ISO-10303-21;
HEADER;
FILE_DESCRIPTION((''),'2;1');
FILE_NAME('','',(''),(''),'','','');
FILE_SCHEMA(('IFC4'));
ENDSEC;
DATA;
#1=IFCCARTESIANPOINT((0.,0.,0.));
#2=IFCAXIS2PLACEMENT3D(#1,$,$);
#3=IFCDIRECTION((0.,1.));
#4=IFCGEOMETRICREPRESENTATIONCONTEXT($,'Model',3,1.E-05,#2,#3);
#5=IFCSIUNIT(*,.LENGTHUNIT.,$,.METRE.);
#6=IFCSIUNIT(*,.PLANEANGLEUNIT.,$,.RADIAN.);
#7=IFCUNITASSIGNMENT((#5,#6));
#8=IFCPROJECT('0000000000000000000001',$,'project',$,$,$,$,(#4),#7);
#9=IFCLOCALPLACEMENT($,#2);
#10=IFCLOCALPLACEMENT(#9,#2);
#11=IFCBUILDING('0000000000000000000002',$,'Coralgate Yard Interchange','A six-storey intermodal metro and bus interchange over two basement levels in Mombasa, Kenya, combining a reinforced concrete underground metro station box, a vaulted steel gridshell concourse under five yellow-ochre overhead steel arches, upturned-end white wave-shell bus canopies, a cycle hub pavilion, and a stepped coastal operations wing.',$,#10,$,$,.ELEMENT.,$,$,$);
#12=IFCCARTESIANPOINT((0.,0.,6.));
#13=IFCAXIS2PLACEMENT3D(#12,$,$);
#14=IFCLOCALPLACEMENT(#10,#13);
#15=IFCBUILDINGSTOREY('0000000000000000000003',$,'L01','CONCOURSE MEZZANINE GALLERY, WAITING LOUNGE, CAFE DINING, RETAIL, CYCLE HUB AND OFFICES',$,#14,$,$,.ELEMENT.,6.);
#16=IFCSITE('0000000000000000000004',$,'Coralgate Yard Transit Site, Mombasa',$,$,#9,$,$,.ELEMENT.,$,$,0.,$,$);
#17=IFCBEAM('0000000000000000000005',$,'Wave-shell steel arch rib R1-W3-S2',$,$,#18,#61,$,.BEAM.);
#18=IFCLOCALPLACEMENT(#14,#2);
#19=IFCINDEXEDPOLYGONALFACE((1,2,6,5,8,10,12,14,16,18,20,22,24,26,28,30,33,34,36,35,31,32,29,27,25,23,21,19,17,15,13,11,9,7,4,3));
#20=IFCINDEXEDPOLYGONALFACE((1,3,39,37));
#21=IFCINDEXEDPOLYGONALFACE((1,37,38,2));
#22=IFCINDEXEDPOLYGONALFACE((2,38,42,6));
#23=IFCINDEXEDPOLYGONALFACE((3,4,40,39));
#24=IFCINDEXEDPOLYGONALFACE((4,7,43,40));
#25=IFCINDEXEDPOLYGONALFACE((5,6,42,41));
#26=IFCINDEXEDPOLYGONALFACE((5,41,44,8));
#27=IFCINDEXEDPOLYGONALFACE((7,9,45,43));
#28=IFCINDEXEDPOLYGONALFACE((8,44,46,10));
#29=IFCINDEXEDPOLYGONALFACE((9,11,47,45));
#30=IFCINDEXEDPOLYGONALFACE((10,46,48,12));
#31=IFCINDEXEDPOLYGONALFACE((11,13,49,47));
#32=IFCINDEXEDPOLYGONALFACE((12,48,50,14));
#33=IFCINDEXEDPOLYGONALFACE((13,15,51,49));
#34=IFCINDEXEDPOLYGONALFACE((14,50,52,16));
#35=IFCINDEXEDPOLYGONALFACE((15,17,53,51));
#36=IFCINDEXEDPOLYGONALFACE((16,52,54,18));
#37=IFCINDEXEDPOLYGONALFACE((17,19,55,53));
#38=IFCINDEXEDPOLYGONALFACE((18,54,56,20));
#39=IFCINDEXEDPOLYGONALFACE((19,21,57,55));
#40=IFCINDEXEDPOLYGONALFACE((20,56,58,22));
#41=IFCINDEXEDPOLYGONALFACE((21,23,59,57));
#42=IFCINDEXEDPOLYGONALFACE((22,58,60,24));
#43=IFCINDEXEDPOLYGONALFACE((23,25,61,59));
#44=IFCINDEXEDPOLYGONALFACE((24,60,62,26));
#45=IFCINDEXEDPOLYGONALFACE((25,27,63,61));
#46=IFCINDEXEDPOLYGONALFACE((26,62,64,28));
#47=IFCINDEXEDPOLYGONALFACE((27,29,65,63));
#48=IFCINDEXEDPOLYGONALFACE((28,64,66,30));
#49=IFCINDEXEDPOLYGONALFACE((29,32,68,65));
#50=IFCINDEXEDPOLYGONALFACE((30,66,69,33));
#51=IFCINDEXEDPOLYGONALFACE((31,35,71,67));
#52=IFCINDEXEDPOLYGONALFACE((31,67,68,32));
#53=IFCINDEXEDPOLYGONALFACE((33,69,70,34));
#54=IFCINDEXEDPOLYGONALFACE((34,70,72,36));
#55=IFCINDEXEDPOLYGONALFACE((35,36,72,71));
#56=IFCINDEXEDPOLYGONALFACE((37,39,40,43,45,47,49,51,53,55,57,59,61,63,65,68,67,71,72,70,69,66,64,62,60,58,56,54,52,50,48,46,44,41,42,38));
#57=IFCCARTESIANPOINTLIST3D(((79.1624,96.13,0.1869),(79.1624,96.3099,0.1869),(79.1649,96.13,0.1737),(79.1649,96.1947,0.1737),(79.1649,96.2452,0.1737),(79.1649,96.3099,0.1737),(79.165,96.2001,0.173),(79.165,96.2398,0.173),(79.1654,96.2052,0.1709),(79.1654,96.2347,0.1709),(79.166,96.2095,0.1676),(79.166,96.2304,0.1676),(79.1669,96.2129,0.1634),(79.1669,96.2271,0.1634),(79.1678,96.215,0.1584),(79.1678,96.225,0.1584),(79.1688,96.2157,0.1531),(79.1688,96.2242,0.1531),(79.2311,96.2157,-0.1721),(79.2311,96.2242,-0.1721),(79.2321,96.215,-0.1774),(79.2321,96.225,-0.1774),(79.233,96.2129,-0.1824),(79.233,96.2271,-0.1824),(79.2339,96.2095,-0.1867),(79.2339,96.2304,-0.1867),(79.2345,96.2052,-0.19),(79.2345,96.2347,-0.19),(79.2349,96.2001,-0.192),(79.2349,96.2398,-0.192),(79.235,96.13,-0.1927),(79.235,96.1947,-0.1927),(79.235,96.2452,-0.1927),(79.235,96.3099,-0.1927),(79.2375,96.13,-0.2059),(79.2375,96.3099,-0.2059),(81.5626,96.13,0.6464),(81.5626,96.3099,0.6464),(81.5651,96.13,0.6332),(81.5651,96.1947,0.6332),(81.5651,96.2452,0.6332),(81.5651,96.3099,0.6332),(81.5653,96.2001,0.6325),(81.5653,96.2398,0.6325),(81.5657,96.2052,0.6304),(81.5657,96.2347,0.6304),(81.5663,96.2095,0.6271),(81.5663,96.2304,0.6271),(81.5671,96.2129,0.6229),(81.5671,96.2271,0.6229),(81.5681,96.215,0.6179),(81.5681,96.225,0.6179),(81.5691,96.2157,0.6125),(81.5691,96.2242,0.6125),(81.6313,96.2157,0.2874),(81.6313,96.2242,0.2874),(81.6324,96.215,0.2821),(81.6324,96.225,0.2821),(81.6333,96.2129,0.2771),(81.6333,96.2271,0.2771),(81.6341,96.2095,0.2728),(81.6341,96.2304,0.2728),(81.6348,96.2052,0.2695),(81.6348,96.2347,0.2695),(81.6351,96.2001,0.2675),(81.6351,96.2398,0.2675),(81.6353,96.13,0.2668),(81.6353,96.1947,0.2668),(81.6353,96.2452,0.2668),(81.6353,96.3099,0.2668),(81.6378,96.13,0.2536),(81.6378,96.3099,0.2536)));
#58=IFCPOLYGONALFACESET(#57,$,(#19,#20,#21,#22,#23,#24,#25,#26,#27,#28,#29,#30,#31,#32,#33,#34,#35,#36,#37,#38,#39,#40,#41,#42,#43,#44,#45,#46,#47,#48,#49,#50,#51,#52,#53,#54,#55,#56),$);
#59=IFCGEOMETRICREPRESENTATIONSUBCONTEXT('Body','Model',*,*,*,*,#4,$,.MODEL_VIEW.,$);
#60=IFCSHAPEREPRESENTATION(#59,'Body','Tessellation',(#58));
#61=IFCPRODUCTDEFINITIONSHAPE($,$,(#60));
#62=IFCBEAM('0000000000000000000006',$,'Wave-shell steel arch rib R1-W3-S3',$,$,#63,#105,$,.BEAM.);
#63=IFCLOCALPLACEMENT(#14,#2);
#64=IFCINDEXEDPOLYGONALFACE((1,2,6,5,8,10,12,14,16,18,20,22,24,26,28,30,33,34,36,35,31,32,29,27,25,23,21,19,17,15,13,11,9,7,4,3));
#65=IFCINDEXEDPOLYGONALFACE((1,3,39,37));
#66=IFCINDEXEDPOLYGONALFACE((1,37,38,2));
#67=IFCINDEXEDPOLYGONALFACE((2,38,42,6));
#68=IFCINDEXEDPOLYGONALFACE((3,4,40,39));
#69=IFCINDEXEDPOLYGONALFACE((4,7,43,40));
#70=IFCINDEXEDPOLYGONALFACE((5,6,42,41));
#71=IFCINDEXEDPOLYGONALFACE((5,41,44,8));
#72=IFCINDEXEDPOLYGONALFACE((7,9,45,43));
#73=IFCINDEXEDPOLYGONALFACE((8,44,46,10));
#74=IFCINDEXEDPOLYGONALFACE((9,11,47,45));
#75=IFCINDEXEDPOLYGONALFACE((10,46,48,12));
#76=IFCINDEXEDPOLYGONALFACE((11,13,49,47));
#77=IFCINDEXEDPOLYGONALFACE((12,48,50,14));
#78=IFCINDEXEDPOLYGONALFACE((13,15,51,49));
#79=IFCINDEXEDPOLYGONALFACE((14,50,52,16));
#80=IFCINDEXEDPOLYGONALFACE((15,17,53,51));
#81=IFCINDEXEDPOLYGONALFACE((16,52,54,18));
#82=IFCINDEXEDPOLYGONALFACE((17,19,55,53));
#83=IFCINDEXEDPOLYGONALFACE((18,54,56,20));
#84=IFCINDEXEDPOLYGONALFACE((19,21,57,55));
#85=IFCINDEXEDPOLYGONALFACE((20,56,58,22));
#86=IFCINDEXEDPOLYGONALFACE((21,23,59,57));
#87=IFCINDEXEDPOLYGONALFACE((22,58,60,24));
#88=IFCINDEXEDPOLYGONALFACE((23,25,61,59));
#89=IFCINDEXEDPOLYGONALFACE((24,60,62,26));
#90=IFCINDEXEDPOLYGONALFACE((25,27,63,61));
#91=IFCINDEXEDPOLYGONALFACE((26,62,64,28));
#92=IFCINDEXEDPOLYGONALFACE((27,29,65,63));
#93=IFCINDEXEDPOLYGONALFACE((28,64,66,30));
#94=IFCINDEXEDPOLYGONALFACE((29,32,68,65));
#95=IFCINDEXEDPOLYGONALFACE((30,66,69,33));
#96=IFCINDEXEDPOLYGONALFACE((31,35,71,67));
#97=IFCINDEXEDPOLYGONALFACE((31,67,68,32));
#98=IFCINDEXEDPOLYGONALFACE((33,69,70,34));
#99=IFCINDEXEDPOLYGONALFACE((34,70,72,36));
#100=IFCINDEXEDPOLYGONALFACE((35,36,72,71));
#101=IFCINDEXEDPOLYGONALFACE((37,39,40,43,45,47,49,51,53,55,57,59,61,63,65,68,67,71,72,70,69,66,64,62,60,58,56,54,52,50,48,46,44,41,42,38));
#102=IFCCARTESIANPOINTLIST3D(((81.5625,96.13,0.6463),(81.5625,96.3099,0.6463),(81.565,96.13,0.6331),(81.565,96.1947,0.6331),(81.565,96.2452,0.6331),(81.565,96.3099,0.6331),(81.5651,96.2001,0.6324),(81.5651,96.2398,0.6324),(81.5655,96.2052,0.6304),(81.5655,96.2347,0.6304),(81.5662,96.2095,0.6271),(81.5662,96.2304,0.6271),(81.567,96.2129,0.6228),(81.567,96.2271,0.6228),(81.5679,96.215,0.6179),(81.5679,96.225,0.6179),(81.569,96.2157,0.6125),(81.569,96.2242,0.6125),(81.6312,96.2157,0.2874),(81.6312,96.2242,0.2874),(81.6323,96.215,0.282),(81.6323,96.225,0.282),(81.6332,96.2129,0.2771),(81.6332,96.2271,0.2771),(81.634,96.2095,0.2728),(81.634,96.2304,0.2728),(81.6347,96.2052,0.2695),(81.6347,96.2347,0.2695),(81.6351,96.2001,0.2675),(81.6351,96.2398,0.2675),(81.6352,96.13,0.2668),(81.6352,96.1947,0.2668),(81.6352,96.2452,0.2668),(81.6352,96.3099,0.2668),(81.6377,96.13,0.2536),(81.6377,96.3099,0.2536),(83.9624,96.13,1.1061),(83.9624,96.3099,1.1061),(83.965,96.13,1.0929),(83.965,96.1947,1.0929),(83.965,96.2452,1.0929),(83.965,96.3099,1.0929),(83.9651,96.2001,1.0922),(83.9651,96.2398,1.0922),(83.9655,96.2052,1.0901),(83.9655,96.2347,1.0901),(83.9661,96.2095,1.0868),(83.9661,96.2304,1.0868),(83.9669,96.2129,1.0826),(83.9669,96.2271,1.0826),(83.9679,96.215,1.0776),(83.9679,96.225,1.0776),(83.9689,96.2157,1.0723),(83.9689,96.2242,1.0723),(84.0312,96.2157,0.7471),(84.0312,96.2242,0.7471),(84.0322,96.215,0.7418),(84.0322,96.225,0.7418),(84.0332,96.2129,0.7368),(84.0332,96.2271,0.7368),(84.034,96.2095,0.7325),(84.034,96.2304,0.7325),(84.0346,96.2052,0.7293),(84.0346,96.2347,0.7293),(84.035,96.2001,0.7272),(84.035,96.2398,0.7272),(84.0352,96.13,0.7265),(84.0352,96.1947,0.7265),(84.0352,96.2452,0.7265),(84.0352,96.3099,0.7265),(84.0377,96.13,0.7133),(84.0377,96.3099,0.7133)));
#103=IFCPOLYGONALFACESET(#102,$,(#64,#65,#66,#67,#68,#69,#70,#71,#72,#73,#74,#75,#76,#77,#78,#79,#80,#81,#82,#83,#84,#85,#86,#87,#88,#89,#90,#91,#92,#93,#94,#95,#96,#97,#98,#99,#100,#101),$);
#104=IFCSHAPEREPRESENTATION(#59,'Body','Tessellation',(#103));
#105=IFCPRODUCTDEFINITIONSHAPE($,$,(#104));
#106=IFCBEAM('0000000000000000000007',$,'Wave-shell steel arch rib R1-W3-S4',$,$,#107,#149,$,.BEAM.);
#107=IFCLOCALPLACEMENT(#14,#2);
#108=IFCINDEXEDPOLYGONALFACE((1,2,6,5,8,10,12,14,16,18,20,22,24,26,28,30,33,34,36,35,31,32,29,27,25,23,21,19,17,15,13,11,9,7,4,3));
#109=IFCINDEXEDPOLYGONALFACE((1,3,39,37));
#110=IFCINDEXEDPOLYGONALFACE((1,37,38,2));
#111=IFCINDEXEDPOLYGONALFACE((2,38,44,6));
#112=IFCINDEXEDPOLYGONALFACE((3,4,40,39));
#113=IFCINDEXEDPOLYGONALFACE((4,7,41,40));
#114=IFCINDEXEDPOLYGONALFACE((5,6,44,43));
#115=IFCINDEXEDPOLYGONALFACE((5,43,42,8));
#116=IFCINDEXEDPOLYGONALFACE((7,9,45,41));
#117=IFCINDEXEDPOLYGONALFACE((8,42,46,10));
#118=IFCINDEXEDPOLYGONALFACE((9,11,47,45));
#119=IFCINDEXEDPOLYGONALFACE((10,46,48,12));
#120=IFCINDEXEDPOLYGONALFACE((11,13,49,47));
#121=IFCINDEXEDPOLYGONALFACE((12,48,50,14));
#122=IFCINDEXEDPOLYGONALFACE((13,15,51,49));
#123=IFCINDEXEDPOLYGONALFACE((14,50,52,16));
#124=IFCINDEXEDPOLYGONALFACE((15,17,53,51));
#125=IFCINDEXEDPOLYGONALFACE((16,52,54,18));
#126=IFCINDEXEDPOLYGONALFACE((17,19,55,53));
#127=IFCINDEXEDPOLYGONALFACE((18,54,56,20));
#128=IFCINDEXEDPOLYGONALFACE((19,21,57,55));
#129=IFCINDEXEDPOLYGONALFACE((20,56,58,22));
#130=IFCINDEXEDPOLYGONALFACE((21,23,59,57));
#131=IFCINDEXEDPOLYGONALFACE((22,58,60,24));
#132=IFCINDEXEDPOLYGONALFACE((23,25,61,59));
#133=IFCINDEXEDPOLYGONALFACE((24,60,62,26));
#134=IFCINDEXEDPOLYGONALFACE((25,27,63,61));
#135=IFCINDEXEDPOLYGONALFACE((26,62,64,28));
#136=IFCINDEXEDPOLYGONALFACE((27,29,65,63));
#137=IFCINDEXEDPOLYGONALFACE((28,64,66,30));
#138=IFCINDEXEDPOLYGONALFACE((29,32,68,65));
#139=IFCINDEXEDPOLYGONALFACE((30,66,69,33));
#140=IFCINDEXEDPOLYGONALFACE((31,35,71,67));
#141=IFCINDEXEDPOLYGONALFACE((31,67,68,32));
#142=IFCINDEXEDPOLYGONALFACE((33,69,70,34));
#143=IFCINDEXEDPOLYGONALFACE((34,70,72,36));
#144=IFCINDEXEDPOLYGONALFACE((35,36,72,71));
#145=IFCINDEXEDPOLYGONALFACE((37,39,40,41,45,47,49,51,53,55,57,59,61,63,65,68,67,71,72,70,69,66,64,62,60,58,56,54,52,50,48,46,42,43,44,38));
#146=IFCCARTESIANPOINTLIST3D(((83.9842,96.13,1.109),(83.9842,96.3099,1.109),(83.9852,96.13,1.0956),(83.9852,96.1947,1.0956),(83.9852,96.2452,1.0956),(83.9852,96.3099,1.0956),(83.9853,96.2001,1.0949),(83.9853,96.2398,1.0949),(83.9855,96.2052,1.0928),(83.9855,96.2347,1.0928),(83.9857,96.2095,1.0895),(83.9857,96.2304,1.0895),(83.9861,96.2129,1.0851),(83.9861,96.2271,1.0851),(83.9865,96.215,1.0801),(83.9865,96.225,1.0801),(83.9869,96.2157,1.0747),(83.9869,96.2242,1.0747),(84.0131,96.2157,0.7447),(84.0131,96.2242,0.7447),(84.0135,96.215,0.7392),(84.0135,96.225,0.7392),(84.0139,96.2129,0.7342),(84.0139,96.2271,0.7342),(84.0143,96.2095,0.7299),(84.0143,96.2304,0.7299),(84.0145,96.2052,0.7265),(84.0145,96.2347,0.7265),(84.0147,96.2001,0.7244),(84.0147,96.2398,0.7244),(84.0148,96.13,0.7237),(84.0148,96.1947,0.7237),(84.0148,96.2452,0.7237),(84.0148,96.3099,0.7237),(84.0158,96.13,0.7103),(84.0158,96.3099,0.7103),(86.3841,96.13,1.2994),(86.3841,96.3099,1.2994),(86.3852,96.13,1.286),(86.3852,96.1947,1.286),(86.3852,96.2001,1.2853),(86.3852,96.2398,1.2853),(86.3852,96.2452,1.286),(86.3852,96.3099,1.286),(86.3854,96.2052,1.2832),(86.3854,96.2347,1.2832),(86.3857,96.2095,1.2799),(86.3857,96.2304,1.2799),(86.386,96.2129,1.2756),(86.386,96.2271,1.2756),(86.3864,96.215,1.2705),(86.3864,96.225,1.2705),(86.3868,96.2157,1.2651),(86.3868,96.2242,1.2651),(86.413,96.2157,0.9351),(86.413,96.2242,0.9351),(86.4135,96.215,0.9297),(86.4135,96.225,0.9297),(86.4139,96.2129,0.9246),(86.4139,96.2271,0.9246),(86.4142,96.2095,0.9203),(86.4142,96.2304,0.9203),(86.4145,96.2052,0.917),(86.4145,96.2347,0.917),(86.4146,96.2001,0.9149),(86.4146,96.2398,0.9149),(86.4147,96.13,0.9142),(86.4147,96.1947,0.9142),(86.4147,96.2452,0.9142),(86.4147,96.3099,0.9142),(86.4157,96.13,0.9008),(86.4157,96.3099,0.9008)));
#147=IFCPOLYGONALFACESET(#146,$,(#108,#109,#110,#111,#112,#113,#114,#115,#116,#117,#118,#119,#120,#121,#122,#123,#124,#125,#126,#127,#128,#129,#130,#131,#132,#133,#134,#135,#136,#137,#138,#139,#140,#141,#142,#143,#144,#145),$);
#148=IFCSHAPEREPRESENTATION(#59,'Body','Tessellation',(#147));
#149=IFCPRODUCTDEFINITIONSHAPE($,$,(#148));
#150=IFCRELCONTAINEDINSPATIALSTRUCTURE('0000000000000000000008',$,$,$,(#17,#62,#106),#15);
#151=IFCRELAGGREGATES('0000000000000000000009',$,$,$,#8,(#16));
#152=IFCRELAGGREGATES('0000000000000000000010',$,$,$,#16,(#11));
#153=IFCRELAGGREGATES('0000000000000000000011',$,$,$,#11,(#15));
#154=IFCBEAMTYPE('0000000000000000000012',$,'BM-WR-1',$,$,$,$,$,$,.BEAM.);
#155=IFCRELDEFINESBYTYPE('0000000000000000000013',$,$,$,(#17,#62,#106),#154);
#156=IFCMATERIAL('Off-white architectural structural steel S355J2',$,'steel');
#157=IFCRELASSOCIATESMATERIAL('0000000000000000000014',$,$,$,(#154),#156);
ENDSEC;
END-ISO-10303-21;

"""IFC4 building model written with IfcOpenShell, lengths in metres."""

from ifc_helpers import new_model, si_unit, direction, frame, origin, origin_2d, place, context, subcontext, project, spatial, i_section, extrude, material, material_profile, profile_set, type_object, element, save


model = new_model("IFC4")

# Units and contexts
model_context = context("Model", 3, precision=1e-05, world=origin(), true_north=direction((0.0, 1.0)))
body_context = subcontext(model_context, "Body", "Model", "MODEL_VIEW")
ifc_project = project(units=[si_unit("LENGTHUNIT", "METRE"), si_unit("PLANEANGLEUNIT", "RADIAN")], contexts=[model_context])

# Site, building, storey
site_placement = place(None, origin())
site = spatial("IfcSite", under=ifc_project, at=site_placement, Name="Coralgate Yard Transit Site, Mombasa", CompositionType="ELEMENT", RefElevation=0.0)
building_placement = place(site_placement, origin())
building = spatial("IfcBuilding", under=site, at=building_placement, Name="Coralgate Yard Interchange", Description="A six-storey intermodal metro and bus interchange over two basement levels in Mombasa, Kenya, combining a reinforced concrete underground metro station box, a vaulted steel gridshell concourse under five yellow-ochre overhead steel arches, upturned-end white wave-shell bus canopies, a cycle hub pavilion, and a stepped coastal operations wing.", CompositionType="ELEMENT")
storey_placement = place(building_placement, frame((0.0, 0.0, 6.0)))
storey = spatial("IfcBuildingStorey", under=building, at=storey_placement, Name="L01", Description="CONCOURSE MEZZANINE GALLERY, WAITING LOUNGE, CAFE DINING, RETAIL, CYCLE HUB AND OFFICES", CompositionType="ELEMENT", Elevation=6.0)

# Beams
ifc_material_1 = material(Name="Off-white architectural structural steel S355J2", Category="steel")
ifc_material_profile_1 = material_profile(ifc_material_1, i_section(OverallWidth=0.1799, OverallDepth=0.3999, WebThickness=0.0085, FlangeThickness=0.0134, FilletRadius=0.021, at=origin_2d()), Name="IPE 400")
ifc_profile_set_1 = profile_set([ifc_material_profile_1], Name="Off-white architectural structural steel S355J2")
beam_type_1 = type_object("IfcBeamType", Name="BM-WR-1", PredefinedType="BEAM", material=ifc_profile_set_1)
beam_1_placement = place(storey_placement, frame((79.2, 96.22, -0.0095), z_axis=(0.982165, 0.0, 0.188021), x_axis=(0.0, 1.0, 0.0)))
element("IfcBeam", 1, at=beam_1_placement, inside=storey, type_object=beam_type_1, Name="Wave-shell steel arch rib R1-W3-S2", PredefinedType="BEAM", context=body_context, shape_type="SweptSolid", body=[
    extrude(i_section(OverallWidth=0.1799, OverallDepth=0.3999, WebThickness=0.0085, FlangeThickness=0.0134, FilletRadius=0.021, at=origin_2d()), origin(), (0.0, 0.0, 1.0), 2.4438),
])
beam_2_placement = place(storey_placement, frame((81.6001, 96.22, 0.45), z_axis=(0.982143, 0.0, 0.188136), x_axis=(0.0, 1.0, 0.0)))
element("IfcBeam", 2, at=beam_2_placement, inside=storey, type_object=beam_type_1, Name="Wave-shell steel arch rib R1-W3-S3", PredefinedType="BEAM", context=body_context, shape_type="SweptSolid", body=[
    extrude(i_section(OverallWidth=0.1799, OverallDepth=0.3999, WebThickness=0.0085, FlangeThickness=0.0134, FilletRadius=0.021, at=origin_2d()), origin(), (0.0, 0.0, 1.0), 2.4436),
])
beam_3_placement = place(storey_placement, frame((84.0, 96.22, 0.9097), z_axis=(0.996867, 0.0, 0.0791), x_axis=(0.0, 1.0, 0.0)))
element("IfcBeam", 3, at=beam_3_placement, inside=storey, type_object=beam_type_1, Name="Wave-shell steel arch rib R1-W3-S4", PredefinedType="BEAM", context=body_context, shape_type="SweptSolid", body=[
    extrude(i_section(OverallWidth=0.1799, OverallDepth=0.3999, WebThickness=0.0085, FlangeThickness=0.0134, FilletRadius=0.021, at=origin_2d()), origin(), (0.0, 0.0, 1.0), 2.4075),
])

save(model, "model.ifc")
